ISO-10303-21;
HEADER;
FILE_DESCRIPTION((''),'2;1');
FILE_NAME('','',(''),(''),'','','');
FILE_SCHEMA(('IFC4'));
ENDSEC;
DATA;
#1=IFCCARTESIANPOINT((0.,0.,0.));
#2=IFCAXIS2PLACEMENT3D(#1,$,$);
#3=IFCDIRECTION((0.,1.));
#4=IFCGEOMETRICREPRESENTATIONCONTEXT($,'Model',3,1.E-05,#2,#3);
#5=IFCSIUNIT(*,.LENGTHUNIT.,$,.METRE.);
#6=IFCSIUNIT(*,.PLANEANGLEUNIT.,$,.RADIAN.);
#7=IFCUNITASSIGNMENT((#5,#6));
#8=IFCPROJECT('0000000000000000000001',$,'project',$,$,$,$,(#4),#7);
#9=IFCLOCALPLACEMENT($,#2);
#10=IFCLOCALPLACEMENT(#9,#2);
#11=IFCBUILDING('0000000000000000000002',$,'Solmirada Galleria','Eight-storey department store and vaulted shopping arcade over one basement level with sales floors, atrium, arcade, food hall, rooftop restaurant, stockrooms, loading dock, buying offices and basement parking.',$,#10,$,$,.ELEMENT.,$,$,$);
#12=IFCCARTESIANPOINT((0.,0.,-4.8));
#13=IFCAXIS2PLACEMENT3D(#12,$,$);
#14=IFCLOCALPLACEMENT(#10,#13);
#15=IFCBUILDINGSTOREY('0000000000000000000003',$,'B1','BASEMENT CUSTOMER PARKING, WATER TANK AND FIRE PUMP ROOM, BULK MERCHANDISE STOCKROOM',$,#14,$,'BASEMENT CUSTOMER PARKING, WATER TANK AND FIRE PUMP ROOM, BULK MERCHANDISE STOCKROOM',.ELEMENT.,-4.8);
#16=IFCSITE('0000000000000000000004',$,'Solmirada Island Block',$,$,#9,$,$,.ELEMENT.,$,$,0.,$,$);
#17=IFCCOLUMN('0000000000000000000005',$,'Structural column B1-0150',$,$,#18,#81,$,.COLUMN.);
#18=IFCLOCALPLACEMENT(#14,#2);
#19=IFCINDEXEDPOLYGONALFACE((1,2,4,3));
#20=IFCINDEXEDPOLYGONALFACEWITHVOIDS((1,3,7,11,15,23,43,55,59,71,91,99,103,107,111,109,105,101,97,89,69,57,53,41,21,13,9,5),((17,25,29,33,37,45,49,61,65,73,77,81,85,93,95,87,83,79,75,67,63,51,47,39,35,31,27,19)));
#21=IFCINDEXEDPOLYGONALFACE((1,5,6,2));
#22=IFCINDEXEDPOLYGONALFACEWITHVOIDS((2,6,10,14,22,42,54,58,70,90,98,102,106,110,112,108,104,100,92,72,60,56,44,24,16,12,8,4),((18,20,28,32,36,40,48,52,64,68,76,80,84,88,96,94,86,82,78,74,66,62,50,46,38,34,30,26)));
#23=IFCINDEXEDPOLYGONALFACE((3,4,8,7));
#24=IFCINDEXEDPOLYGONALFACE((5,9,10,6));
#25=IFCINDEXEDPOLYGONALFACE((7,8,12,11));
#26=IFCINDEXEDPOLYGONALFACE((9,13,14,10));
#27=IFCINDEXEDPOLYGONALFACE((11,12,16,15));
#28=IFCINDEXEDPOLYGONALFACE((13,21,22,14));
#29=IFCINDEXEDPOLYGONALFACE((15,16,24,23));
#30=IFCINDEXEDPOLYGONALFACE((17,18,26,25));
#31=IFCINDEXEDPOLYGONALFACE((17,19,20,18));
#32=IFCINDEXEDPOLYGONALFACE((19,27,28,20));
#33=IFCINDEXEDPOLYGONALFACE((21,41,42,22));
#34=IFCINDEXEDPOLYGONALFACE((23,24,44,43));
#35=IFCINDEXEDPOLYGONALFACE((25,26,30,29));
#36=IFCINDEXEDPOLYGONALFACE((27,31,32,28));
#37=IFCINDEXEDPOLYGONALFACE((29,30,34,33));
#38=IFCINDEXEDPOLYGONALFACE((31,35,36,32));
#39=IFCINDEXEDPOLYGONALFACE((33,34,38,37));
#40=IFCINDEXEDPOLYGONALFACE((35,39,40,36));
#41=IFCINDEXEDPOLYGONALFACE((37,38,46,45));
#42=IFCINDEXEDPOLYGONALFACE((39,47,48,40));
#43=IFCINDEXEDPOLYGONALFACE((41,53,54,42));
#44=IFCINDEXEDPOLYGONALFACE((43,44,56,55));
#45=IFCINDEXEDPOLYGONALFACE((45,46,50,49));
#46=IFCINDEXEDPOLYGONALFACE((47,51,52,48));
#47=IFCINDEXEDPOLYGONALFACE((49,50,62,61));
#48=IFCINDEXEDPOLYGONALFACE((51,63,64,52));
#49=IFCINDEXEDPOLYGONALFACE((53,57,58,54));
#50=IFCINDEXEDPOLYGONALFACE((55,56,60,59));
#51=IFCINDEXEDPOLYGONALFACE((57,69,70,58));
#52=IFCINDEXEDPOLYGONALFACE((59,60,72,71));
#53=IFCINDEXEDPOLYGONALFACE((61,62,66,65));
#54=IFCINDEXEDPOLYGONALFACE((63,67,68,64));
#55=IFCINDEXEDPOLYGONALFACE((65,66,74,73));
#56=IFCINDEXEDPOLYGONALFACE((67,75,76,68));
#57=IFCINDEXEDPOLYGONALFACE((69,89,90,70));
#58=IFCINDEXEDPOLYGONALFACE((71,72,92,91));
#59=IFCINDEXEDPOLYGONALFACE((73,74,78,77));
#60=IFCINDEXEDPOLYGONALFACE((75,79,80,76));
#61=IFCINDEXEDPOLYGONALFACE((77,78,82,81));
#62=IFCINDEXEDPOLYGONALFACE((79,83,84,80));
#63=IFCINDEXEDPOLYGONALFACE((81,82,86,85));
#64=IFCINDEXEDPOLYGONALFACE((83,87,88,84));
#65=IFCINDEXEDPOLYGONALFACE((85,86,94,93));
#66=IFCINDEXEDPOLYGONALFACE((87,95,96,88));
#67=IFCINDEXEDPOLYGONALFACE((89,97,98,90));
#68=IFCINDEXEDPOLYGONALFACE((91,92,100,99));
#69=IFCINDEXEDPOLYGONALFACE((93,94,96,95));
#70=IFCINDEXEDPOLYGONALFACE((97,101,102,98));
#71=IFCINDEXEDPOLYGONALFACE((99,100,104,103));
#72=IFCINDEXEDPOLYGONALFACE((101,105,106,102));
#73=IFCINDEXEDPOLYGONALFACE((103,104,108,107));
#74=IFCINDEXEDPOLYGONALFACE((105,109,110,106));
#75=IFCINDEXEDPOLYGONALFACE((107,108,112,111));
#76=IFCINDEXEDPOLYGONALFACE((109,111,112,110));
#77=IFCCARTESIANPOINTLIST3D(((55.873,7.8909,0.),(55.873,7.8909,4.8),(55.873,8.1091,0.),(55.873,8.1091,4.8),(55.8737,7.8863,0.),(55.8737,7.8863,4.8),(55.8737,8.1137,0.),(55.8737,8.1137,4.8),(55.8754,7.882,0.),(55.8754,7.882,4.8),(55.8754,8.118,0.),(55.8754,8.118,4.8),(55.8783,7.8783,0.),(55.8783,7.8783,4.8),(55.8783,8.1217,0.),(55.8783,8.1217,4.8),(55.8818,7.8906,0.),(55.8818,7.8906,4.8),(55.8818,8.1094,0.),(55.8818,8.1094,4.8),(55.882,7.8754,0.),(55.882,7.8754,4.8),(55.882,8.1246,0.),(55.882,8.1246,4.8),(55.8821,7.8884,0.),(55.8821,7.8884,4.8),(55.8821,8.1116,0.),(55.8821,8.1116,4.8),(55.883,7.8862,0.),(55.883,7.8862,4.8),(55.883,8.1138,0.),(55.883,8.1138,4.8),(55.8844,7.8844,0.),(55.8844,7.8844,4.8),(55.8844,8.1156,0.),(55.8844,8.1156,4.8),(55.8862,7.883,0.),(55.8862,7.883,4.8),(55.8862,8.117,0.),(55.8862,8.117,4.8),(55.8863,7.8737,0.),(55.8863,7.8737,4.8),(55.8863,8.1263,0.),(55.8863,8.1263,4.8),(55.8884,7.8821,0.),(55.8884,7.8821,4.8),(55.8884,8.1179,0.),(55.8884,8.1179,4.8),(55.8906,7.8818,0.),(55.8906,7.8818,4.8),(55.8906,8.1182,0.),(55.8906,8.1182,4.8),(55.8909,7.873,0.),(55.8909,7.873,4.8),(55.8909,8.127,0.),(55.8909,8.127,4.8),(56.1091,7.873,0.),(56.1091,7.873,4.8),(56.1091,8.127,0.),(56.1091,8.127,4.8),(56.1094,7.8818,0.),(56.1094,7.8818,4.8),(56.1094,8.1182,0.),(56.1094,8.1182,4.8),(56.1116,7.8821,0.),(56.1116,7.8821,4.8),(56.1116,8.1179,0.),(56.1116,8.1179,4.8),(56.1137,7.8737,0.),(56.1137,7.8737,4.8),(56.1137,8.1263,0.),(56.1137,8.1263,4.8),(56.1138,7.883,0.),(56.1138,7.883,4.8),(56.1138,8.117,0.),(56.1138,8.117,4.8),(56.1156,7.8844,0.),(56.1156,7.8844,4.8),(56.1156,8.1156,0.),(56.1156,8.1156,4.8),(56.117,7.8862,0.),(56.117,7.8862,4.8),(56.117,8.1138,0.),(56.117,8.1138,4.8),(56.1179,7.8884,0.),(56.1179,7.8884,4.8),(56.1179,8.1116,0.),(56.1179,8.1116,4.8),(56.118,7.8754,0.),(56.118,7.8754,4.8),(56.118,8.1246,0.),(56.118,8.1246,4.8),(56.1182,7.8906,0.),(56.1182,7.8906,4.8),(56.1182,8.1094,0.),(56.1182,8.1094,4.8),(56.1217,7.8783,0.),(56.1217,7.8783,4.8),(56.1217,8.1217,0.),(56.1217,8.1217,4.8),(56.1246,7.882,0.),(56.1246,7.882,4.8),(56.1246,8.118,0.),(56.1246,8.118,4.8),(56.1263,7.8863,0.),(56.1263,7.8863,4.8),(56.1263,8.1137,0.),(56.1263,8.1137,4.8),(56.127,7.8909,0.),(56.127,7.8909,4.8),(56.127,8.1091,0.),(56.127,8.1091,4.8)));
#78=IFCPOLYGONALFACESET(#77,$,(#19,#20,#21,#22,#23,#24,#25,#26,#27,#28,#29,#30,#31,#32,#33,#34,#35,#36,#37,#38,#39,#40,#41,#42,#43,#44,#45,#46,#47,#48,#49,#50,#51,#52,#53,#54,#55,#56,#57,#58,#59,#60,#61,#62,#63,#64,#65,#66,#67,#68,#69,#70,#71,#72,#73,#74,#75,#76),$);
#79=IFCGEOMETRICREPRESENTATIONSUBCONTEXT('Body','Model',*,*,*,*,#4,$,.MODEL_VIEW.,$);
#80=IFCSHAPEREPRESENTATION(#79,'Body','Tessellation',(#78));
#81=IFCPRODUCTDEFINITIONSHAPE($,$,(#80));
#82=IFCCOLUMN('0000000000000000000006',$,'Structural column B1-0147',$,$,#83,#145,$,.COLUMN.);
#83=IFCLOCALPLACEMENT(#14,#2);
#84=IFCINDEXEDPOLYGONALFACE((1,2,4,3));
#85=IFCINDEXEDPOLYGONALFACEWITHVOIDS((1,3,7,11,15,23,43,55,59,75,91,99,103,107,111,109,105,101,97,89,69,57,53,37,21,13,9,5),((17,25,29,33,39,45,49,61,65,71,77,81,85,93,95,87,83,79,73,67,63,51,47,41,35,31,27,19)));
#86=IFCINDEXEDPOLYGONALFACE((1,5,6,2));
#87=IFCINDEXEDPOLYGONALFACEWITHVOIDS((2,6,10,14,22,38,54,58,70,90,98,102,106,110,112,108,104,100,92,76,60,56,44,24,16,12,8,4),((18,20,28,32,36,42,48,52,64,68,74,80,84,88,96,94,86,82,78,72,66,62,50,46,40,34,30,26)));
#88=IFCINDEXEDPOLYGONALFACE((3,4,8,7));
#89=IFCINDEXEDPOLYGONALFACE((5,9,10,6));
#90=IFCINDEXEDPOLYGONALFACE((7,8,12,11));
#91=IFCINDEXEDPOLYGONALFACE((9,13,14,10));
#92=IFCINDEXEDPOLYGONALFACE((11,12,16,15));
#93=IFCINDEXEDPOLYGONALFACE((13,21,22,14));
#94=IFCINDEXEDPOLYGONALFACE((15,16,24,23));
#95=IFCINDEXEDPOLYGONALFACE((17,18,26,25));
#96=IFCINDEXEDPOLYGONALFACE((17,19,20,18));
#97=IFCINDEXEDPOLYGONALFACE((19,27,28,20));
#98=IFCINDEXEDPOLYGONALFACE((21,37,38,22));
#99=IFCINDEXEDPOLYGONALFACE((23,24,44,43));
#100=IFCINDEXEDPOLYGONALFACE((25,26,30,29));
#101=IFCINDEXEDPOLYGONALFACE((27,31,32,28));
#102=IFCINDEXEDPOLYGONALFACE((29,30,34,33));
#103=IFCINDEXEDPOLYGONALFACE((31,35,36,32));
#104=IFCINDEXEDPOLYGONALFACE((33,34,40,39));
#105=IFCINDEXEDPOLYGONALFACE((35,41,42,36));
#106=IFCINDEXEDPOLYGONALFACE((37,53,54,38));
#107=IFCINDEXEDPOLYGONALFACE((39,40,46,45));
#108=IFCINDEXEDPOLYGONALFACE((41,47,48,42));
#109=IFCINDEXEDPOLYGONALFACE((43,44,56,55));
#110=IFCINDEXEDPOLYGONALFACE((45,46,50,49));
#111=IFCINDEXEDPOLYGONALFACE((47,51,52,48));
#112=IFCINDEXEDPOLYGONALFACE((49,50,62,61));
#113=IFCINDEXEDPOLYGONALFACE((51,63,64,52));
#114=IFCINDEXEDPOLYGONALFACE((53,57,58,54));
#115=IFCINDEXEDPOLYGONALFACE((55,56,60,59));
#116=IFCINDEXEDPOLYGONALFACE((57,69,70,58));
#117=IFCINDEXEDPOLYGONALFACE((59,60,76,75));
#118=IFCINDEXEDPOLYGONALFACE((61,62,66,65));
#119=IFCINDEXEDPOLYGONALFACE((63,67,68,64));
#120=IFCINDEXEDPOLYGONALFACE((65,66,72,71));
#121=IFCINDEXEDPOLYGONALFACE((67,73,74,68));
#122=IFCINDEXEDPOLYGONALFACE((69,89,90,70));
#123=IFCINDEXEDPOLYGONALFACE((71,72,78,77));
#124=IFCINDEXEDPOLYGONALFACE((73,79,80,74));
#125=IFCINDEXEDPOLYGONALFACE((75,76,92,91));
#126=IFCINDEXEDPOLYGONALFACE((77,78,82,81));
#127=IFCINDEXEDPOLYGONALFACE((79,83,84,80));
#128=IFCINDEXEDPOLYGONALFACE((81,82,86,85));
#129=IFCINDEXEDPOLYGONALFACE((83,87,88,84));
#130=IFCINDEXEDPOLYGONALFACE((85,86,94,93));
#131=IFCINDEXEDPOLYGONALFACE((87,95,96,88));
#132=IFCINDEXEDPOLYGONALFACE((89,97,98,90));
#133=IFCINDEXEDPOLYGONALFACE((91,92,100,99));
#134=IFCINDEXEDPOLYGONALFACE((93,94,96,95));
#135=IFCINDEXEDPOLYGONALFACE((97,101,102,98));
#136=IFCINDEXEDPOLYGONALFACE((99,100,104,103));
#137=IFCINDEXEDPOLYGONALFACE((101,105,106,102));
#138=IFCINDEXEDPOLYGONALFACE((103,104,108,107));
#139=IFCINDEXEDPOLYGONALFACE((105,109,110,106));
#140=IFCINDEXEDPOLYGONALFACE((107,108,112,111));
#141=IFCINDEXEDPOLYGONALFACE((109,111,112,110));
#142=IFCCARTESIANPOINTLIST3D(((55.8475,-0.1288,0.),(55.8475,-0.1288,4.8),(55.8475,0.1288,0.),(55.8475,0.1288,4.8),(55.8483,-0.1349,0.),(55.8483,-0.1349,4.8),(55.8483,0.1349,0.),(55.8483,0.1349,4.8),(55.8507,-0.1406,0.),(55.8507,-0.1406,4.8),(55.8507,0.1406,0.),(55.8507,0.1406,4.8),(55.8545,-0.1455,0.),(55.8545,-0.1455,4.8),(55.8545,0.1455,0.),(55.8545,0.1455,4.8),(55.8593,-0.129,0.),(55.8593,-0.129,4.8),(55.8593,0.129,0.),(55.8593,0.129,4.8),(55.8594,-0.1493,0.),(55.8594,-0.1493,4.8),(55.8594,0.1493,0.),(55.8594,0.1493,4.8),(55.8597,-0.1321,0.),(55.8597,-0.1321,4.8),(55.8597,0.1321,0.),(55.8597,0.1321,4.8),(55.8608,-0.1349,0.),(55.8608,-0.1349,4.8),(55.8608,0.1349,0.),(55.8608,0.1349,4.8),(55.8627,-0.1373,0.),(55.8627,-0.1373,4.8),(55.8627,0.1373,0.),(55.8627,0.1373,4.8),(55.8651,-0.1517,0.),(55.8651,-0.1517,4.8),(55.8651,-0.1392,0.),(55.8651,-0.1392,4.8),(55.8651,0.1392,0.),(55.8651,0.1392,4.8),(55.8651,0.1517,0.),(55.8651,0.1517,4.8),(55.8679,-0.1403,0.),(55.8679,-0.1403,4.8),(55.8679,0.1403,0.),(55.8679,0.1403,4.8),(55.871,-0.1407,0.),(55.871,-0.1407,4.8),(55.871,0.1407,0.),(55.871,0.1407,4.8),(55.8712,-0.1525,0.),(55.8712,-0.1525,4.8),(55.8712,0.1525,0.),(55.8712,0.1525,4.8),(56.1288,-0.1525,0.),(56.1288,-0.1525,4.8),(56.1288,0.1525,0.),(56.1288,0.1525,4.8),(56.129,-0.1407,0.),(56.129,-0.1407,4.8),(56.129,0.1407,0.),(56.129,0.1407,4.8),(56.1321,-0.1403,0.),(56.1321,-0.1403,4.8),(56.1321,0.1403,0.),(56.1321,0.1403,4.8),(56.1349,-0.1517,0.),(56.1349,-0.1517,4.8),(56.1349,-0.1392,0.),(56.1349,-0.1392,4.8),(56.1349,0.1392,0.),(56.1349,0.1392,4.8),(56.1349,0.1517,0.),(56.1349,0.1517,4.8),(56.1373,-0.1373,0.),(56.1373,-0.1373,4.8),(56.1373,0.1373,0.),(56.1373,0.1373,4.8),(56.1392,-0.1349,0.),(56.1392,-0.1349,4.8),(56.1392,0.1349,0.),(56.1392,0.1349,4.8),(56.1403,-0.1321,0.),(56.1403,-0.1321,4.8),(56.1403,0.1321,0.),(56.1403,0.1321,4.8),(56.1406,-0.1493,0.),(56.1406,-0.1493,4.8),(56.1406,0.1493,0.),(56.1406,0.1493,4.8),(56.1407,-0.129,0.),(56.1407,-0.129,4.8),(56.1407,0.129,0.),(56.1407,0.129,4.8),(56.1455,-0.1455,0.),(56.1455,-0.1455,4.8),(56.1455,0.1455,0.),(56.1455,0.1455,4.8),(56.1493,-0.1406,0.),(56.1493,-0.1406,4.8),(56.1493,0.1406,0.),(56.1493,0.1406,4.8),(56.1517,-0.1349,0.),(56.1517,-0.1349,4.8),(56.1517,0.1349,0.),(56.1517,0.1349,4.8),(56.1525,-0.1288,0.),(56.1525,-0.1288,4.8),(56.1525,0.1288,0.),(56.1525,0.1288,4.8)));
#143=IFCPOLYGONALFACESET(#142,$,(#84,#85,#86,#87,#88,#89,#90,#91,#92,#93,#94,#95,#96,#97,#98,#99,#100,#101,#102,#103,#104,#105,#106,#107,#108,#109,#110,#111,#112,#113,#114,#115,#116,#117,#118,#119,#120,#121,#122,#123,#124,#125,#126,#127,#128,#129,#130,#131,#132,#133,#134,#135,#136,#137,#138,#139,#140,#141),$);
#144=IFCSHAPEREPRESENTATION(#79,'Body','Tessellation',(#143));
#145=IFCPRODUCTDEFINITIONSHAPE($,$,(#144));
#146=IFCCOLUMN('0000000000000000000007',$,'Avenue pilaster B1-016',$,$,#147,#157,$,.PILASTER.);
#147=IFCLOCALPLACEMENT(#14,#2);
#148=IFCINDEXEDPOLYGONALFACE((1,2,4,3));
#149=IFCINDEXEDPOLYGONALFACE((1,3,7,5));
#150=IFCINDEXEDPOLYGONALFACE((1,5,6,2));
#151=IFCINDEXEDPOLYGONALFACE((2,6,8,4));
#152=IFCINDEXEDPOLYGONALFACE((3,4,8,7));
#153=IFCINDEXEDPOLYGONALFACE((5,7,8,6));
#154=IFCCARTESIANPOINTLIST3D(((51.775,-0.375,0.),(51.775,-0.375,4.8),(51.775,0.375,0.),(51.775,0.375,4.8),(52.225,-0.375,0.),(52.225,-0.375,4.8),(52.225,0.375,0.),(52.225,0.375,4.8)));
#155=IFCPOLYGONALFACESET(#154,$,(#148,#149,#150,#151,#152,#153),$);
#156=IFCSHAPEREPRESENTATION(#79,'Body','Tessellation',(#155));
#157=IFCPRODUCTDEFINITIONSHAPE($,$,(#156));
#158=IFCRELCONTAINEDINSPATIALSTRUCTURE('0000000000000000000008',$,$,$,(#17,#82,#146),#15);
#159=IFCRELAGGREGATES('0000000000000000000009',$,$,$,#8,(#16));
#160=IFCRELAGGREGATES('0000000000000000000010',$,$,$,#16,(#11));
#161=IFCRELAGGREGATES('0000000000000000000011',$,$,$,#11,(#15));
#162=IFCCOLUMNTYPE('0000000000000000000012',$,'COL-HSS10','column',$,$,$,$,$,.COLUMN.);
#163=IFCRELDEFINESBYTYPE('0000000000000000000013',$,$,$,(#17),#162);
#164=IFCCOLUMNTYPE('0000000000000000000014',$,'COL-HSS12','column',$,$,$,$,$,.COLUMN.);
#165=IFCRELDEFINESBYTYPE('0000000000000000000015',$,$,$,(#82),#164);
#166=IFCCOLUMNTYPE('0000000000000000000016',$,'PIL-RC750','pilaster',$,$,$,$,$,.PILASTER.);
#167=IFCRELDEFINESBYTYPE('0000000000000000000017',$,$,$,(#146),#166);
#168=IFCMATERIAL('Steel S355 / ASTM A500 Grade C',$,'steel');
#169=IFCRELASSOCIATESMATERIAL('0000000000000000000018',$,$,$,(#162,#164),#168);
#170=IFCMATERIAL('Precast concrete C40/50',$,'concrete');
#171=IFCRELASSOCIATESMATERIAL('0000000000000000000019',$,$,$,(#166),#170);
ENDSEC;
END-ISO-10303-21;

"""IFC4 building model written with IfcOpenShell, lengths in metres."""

from ifc_helpers import new_model, si_unit, direction, frame, origin, origin_2d, place, context, subcontext, project, spatial, rectangle, hollow_rectangle, extrude, material, material_profile, profile_set, type_object, element, save


model = new_model("IFC4")

# Units and contexts
model_context = context("Model", 3, precision=1e-05, world=origin(), true_north=direction((0.0, 1.0)))
body_context = subcontext(model_context, "Body", "Model", "MODEL_VIEW")
ifc_project = project(units=[si_unit("LENGTHUNIT", "METRE"), si_unit("PLANEANGLEUNIT", "RADIAN")], contexts=[model_context])

# Site, building, storey
site_placement = place(None, origin())
site = spatial("IfcSite", under=ifc_project, at=site_placement, Name="Solmirada Island Block", CompositionType="ELEMENT", RefElevation=0.0)
building_placement = place(site_placement, origin())
building = spatial("IfcBuilding", under=site, at=building_placement, Name="Solmirada Galleria", Description="Eight-storey department store and vaulted shopping arcade over one basement level with sales floors, atrium, arcade, food hall, rooftop restaurant, stockrooms, loading dock, buying offices and basement parking.", CompositionType="ELEMENT")
storey_placement = place(building_placement, frame((0.0, 0.0, -4.8)))
storey = spatial("IfcBuildingStorey", under=building, at=storey_placement, Name="B1", Description="BASEMENT CUSTOMER PARKING, WATER TANK AND FIRE PUMP ROOM, BULK MERCHANDISE STOCKROOM", LongName="BASEMENT CUSTOMER PARKING, WATER TANK AND FIRE PUMP ROOM, BULK MERCHANDISE STOCKROOM", CompositionType="ELEMENT", Elevation=-4.8)

# Columns
ifc_material_1 = material(Name="Steel S355 / ASTM A500 Grade C", Category="steel")
ifc_material_profile_1 = material_profile(ifc_material_1, hollow_rectangle(XDim=0.2539, YDim=0.2539, WallThickness=0.0088, InnerFilletRadius=0.0088, OuterFilletRadius=0.0178, at=origin_2d()), Name="HSS10X10X3/8")
ifc_profile_set_1 = profile_set([ifc_material_profile_1], Name="Steel S355 / ASTM A500 Grade C")
column_type_1 = type_object("IfcColumnType", Name="COL-HSS10", Description="column", PredefinedType="COLUMN", material=ifc_profile_set_1)
column_1_placement = place(storey_placement, frame((56.0, 8.0, 0.0), z_axis=(0.0, 0.0, 1.0), x_axis=(1.0, 0.0, 0.0)))
element("IfcColumn", 1, at=column_1_placement, inside=storey, type_object=column_type_1, Name="Structural column B1-0150", PredefinedType="COLUMN", context=body_context, shape_type="SweptSolid", body=[
    extrude(hollow_rectangle(XDim=0.2539, YDim=0.2539, WallThickness=0.0088, InnerFilletRadius=0.0088, OuterFilletRadius=0.0178, at=origin_2d()), origin(), (0.0, 0.0, 1.0), 4.8),
])
ifc_material_profile_2 = material_profile(ifc_material_1, hollow_rectangle(XDim=0.3049, YDim=0.3049, WallThickness=0.0117, InnerFilletRadius=0.0117, OuterFilletRadius=0.0237, at=origin_2d()), Name="HSS12X12X1/2")
ifc_profile_set_2 = profile_set([ifc_material_profile_2], Name="Steel S355 / ASTM A500 Grade C")
column_type_2 = type_object("IfcColumnType", Name="COL-HSS12", Description="column", PredefinedType="COLUMN", material=ifc_profile_set_2)
column_2_placement = place(storey_placement, frame((56.0, 0.0, 0.0), z_axis=(0.0, 0.0, 1.0), x_axis=(1.0, 0.0, 0.0)))
element("IfcColumn", 2, at=column_2_placement, inside=storey, type_object=column_type_2, Name="Structural column B1-0147", PredefinedType="COLUMN", context=body_context, shape_type="SweptSolid", body=[
    extrude(hollow_rectangle(XDim=0.3049, YDim=0.3049, WallThickness=0.0117, InnerFilletRadius=0.0117, OuterFilletRadius=0.0237, at=origin_2d()), origin(), (0.0, 0.0, 1.0), 4.8),
])
ifc_material_2 = material(Name="Precast concrete C40/50", Category="concrete")
ifc_material_profile_3 = material_profile(ifc_material_2, rectangle(XDim=0.45, YDim=0.75, at=origin_2d()), Name="RC750X450")
ifc_profile_set_3 = profile_set([ifc_material_profile_3], Name="Precast concrete C40/50")
column_type_3 = type_object("IfcColumnType", Name="PIL-RC750", Description="pilaster", PredefinedType="PILASTER", material=ifc_profile_set_3)
column_3_placement = place(storey_placement, frame((52.0, 0.0, 0.0), z_axis=(0.0, 0.0, 1.0), x_axis=(1.0, 0.0, 0.0)))
element("IfcColumn", 3, at=column_3_placement, inside=storey, type_object=column_type_3, Name="Avenue pilaster B1-016", PredefinedType="PILASTER", context=body_context, shape_type="SweptSolid", body=[
    extrude(rectangle(XDim=0.45, YDim=0.75, at=origin_2d()), origin(), (0.0, 0.0, 1.0), 4.8),
])

save(model, "model.ifc")
